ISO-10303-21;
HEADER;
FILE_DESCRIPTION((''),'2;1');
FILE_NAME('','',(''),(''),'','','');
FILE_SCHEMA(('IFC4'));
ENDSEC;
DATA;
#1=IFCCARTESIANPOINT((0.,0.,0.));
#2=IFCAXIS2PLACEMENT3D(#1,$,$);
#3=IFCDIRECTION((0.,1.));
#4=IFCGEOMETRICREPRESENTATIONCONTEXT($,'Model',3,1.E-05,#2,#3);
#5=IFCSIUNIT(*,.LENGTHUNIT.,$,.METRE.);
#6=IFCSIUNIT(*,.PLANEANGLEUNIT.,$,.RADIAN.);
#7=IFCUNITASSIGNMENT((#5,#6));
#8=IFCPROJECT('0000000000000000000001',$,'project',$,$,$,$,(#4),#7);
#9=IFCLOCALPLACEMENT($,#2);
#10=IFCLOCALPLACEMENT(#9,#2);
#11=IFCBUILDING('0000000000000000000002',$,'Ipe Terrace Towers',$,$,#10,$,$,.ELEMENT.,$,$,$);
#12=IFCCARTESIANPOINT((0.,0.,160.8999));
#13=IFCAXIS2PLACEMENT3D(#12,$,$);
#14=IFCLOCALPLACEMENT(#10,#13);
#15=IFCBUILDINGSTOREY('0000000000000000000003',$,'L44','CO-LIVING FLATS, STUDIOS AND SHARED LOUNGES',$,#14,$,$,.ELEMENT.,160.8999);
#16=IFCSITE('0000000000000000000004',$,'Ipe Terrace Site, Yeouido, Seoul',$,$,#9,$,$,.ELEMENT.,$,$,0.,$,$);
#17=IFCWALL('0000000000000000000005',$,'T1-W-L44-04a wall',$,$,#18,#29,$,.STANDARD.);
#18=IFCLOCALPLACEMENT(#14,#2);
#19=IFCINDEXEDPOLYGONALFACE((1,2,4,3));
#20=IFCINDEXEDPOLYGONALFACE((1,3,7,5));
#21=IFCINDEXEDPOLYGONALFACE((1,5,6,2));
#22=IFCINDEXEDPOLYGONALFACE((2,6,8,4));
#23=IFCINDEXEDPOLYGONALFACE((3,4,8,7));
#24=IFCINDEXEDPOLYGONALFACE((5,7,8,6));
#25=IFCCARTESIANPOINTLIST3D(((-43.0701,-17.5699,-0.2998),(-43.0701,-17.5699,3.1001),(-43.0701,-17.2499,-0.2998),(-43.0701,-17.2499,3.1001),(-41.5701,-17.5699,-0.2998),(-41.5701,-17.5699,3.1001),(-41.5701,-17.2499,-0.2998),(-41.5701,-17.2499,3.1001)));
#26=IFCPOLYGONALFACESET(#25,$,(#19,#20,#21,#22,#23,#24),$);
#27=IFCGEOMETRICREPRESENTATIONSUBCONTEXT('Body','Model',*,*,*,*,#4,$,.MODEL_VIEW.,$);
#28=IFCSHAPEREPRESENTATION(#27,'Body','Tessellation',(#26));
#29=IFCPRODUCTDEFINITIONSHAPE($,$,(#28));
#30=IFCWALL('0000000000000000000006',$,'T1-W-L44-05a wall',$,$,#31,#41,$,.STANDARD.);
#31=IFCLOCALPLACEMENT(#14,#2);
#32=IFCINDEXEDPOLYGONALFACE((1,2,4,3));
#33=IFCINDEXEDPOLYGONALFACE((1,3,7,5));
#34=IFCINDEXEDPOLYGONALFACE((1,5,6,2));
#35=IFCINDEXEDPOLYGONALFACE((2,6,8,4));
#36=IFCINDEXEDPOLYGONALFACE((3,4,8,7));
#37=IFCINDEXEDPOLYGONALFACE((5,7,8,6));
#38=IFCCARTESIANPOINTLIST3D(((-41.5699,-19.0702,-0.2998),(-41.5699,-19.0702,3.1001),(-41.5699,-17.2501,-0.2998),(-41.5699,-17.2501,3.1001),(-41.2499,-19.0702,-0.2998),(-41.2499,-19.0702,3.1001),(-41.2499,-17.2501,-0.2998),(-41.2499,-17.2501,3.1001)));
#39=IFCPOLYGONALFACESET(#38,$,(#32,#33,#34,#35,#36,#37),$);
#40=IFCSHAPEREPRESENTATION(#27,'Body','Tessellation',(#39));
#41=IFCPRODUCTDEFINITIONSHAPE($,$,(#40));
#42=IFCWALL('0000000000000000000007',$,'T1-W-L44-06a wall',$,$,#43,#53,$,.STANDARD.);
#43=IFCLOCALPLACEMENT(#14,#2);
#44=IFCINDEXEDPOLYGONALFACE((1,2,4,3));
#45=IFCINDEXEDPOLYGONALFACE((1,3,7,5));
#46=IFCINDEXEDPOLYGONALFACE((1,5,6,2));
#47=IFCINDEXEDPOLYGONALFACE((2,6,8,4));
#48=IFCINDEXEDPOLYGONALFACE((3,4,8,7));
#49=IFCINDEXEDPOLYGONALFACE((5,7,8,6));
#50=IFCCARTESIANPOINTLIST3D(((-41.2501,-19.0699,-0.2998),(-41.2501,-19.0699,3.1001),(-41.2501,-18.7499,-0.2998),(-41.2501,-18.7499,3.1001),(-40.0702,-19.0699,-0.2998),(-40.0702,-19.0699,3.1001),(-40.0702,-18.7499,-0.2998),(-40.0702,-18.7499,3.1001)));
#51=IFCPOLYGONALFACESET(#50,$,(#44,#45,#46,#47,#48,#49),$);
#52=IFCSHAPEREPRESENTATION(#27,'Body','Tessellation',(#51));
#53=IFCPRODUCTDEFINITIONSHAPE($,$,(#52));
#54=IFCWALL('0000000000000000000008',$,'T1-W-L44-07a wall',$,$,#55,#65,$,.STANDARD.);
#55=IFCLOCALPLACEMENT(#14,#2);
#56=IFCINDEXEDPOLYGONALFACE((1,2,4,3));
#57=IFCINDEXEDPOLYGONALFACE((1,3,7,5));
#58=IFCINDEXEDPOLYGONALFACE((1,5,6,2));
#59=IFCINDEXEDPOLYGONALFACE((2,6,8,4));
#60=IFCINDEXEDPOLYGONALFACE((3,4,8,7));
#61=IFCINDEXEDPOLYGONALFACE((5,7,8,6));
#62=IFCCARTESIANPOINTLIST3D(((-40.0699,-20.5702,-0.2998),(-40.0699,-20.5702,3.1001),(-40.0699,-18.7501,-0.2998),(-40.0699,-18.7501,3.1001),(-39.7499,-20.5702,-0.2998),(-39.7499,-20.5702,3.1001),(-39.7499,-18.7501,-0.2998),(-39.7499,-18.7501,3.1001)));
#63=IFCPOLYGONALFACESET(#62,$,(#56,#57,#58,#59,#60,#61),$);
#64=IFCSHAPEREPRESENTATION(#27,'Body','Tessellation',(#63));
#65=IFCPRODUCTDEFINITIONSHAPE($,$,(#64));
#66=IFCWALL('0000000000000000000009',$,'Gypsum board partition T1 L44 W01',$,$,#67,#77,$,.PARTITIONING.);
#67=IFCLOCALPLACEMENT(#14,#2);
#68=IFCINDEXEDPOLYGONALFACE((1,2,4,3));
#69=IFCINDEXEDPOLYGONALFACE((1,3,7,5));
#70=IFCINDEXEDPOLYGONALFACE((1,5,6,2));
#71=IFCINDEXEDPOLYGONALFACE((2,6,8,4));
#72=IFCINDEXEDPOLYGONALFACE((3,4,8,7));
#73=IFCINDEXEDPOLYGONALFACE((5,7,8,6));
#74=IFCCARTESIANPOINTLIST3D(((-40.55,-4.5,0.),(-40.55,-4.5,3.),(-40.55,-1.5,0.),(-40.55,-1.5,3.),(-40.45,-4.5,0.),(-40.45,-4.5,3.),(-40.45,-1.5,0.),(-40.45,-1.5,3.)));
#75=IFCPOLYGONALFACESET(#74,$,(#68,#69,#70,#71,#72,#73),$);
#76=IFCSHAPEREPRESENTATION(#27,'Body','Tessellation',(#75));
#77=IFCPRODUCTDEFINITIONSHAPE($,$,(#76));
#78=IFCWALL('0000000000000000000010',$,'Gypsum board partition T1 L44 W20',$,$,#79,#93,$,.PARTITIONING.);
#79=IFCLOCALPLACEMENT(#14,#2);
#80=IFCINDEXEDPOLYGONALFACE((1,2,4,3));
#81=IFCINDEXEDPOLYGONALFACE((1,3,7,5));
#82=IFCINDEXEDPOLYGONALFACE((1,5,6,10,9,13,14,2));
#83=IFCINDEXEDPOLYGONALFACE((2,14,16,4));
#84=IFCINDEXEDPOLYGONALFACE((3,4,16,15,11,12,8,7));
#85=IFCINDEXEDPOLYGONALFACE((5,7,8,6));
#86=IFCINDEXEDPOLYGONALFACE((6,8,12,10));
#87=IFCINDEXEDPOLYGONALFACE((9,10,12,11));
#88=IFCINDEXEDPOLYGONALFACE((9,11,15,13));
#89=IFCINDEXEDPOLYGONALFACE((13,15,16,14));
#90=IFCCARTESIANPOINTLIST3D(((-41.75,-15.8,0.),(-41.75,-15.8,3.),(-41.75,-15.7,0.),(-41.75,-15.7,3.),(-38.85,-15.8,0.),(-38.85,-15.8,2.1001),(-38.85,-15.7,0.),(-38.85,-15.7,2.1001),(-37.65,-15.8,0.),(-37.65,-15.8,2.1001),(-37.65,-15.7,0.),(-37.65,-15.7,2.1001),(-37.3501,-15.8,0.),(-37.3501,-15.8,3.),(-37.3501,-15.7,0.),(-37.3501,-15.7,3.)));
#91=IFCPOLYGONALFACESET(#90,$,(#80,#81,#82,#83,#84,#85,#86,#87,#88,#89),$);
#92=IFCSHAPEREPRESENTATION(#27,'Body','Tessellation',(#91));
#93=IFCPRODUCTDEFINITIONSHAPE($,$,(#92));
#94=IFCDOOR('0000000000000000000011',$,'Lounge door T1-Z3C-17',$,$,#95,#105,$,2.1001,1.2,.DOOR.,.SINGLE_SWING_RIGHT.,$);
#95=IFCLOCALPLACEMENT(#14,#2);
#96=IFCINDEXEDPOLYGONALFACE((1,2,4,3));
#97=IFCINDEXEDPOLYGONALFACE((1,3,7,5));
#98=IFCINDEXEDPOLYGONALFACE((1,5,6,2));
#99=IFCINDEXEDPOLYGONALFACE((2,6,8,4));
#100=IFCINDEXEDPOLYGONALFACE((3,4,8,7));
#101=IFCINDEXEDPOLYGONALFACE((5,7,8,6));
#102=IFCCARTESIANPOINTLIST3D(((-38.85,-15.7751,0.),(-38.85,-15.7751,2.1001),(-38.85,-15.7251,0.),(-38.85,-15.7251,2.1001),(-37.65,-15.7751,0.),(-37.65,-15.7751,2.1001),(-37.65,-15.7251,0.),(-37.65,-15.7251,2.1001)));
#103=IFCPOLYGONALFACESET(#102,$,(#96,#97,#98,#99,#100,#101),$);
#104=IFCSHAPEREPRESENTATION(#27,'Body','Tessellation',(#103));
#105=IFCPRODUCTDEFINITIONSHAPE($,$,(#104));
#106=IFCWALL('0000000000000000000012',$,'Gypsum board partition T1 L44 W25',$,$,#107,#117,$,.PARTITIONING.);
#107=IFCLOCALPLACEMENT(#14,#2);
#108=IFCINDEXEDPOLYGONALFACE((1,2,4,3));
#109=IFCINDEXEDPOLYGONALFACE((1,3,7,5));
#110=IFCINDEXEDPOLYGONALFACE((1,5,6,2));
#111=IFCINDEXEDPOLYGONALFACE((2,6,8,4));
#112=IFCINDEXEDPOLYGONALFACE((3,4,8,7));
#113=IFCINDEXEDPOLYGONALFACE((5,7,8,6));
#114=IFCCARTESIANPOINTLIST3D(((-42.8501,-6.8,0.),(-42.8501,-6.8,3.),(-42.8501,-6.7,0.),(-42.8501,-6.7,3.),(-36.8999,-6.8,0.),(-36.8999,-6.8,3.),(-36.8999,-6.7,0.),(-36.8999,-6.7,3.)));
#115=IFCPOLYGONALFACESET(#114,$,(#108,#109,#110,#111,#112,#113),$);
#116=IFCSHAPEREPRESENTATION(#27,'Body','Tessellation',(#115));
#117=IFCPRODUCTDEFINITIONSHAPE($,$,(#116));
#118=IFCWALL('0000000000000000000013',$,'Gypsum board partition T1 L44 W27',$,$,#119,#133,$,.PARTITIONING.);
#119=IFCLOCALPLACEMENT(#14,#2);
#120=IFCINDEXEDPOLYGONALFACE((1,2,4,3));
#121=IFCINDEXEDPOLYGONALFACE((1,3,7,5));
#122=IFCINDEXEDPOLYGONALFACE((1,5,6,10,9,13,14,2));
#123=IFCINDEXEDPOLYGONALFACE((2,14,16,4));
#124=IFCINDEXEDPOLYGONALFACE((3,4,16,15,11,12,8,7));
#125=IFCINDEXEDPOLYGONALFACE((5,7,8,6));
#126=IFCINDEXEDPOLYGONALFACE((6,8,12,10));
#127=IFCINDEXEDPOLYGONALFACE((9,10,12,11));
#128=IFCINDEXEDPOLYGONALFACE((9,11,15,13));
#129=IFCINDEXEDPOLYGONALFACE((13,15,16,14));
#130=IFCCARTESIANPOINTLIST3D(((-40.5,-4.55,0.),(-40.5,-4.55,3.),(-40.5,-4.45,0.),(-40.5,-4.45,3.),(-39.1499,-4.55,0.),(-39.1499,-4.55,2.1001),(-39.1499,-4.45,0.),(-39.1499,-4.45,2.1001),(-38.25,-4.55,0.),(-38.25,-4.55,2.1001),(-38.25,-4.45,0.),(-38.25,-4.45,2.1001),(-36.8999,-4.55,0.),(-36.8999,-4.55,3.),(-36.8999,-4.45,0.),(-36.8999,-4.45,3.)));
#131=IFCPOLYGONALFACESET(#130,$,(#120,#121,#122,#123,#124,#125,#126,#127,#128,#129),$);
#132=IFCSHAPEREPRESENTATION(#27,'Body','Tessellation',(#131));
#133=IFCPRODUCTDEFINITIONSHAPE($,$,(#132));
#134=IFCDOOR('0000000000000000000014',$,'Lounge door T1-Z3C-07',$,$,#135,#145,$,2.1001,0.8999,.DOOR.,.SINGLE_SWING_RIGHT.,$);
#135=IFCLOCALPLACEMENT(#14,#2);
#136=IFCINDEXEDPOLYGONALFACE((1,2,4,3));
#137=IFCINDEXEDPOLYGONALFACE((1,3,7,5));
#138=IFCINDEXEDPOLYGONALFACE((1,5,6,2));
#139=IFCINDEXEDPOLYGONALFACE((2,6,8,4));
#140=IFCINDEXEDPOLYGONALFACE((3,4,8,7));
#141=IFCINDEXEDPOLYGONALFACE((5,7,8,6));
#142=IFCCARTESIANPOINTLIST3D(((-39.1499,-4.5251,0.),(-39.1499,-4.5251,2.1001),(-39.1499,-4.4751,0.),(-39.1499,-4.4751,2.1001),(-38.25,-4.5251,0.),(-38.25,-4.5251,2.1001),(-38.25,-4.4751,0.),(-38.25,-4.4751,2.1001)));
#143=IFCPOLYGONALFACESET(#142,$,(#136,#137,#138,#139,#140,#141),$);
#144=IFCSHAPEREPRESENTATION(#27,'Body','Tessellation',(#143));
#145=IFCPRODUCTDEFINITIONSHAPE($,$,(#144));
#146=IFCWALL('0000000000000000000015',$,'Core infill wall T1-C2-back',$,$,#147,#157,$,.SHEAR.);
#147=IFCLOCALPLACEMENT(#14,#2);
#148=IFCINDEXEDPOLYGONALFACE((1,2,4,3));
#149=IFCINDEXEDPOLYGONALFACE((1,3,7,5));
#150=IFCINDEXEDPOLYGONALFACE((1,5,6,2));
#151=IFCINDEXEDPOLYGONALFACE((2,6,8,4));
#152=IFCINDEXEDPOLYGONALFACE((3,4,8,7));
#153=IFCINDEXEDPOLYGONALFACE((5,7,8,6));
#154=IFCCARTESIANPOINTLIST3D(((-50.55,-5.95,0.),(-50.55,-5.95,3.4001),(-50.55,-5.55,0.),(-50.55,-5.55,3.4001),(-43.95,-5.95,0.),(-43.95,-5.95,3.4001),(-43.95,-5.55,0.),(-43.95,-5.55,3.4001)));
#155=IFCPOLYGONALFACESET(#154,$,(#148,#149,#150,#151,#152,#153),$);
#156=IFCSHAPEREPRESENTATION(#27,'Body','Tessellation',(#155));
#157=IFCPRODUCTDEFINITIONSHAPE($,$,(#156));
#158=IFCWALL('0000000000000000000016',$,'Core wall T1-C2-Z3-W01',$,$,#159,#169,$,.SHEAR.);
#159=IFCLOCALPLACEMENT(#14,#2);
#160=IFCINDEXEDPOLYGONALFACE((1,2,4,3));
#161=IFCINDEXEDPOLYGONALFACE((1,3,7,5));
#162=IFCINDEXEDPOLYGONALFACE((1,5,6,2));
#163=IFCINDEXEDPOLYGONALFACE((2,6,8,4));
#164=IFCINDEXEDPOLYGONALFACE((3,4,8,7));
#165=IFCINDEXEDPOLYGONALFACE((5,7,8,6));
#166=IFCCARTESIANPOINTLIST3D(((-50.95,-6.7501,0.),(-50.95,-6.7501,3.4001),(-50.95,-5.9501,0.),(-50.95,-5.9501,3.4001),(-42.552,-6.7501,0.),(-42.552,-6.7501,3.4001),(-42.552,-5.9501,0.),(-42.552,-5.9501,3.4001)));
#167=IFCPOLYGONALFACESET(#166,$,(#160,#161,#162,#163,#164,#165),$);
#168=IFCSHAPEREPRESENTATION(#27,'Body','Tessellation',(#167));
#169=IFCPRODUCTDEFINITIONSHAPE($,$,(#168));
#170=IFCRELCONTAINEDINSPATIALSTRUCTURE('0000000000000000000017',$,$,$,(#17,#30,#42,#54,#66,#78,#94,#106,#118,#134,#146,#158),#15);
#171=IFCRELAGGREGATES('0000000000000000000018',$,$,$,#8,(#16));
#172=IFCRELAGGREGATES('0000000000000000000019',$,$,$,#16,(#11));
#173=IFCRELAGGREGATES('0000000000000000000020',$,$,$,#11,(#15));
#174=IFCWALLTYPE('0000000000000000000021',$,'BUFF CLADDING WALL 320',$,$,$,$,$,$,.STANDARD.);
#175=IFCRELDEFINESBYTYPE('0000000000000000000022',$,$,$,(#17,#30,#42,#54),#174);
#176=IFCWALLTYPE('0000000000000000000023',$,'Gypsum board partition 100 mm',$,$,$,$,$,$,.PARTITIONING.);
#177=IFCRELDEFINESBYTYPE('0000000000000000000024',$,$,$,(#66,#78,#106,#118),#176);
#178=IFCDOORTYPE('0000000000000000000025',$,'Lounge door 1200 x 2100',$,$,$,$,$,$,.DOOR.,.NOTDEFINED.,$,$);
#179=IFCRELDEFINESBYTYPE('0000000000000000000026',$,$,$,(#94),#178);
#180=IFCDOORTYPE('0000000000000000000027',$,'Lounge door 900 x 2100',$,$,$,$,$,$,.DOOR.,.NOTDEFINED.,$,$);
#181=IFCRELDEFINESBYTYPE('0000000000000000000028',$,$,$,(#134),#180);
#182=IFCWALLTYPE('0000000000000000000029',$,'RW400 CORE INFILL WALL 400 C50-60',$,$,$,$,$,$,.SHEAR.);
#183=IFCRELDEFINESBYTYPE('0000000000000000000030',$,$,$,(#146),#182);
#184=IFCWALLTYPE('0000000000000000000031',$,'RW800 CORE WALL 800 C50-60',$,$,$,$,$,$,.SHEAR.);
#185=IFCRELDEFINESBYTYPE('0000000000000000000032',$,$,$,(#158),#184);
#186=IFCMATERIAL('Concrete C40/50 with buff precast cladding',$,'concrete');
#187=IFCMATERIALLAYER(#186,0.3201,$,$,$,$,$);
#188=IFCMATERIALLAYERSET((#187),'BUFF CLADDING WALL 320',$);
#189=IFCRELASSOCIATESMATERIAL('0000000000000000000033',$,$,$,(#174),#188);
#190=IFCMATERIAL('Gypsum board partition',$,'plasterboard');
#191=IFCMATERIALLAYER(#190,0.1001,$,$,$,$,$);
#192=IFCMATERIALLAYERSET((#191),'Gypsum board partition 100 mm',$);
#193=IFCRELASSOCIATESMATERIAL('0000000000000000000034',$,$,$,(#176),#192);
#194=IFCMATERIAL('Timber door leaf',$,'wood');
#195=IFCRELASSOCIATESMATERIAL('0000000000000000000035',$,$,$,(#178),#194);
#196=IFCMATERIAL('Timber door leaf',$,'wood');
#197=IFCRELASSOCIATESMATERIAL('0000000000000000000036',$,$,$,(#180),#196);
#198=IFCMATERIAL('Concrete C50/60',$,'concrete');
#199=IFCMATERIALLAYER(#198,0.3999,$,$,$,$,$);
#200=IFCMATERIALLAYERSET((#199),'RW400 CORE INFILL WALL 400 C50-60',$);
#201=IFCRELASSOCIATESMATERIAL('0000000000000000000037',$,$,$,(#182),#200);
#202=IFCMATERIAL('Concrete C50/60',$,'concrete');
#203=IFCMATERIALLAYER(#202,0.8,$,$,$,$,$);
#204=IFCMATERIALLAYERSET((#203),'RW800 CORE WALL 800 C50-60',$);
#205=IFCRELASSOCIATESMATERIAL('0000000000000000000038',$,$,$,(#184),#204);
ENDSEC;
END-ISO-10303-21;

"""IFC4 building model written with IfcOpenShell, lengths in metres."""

from ifc_helpers import new_model, si_unit, direction, frame, frame_2d, origin, place, context, subcontext, project, spatial, rectangle, extrude, material, layer, layer_set, type_object, element, fill, save


model = new_model("IFC4")

# Units and contexts
model_context = context("Model", 3, precision=1e-05, world=origin(), true_north=direction((0.0, 1.0)))
body_context = subcontext(model_context, "Body", "Model", "MODEL_VIEW")
ifc_project = project(units=[si_unit("LENGTHUNIT", "METRE"), si_unit("PLANEANGLEUNIT", "RADIAN")], contexts=[model_context])

# Site, building, storey
site_placement = place(None, origin())
site = spatial("IfcSite", under=ifc_project, at=site_placement, Name="Ipe Terrace Site, Yeouido, Seoul", CompositionType="ELEMENT", RefElevation=0.0)
building_placement = place(site_placement, origin())
building = spatial("IfcBuilding", under=site, at=building_placement, Name="Ipe Terrace Towers", CompositionType="ELEMENT")
storey_placement = place(building_placement, frame((0.0, 0.0, 160.8999)))
storey = spatial("IfcBuildingStorey", under=building, at=storey_placement, Name="L44", Description="CO-LIVING FLATS, STUDIOS AND SHARED LOUNGES", CompositionType="ELEMENT", Elevation=160.8999)

# Walls
ifc_material_1 = material(Name="Concrete C40/50 with buff precast cladding", Category="concrete")
ifc_layer_1 = layer(ifc_material_1, 0.3201)
ifc_layer_set_1 = layer_set([ifc_layer_1], Name="BUFF CLADDING WALL 320")
wall_type_1 = type_object("IfcWallType", Name="BUFF CLADDING WALL 320", PredefinedType="STANDARD", material=ifc_layer_set_1)
wall_1_placement = place(storey_placement, frame((-43.0701, -17.4099, -0.2998), z_axis=(0.0, 0.0, 1.0), x_axis=(1.0, 0.0, 0.0)))
element("IfcWall", 1, at=wall_1_placement, inside=storey, type_object=wall_type_1, Name="T1-W-L44-04a wall", PredefinedType="STANDARD", context=body_context, shape_type="SweptSolid", body=[
    extrude(rectangle(XDim=1.5, YDim=0.3201, at=frame_2d((0.75, 0.0))), origin(), (0.0, 0.0, 1.0), 3.3999),
])
wall_2_placement = place(storey_placement, frame((-41.4099, -17.25, -0.2998), z_axis=(0.0, 0.0, 1.0), x_axis=(0.0, -1.0, 0.0)))
element("IfcWall", 2, at=wall_2_placement, inside=storey, type_object=wall_type_1, Name="T1-W-L44-05a wall", PredefinedType="STANDARD", context=body_context, shape_type="SweptSolid", body=[
    extrude(rectangle(XDim=1.8201, YDim=0.3201, at=frame_2d((0.9102, 0.0))), origin(), (0.0, 0.0, 1.0), 3.3999),
])
wall_3_placement = place(storey_placement, frame((-41.25, -18.9099, -0.2998), z_axis=(0.0, 0.0, 1.0), x_axis=(1.0, 0.0, 0.0)))
element("IfcWall", 3, at=wall_3_placement, inside=storey, type_object=wall_type_1, Name="T1-W-L44-06a wall", PredefinedType="STANDARD", context=body_context, shape_type="SweptSolid", body=[
    extrude(rectangle(XDim=1.1799, YDim=0.3201, at=frame_2d((0.5898, 0.0))), origin(), (0.0, 0.0, 1.0), 3.3999),
])
wall_4_placement = place(storey_placement, frame((-39.9099, -18.75, -0.2998), z_axis=(0.0, 0.0, 1.0), x_axis=(0.0, -1.0, 0.0)))
element("IfcWall", 4, at=wall_4_placement, inside=storey, type_object=wall_type_1, Name="T1-W-L44-07a wall", PredefinedType="STANDARD", context=body_context, shape_type="SweptSolid", body=[
    extrude(rectangle(XDim=1.8201, YDim=0.3201, at=frame_2d((0.9102, 0.0))), origin(), (0.0, 0.0, 1.0), 3.3999),
])
ifc_material_2 = material(Name="Gypsum board partition", Category="plasterboard")
ifc_layer_2 = layer(ifc_material_2, 0.1001)
ifc_layer_set_2 = layer_set([ifc_layer_2], Name="Gypsum board partition 100 mm")
wall_type_2 = type_object("IfcWallType", Name="Gypsum board partition 100 mm", PredefinedType="PARTITIONING", material=ifc_layer_set_2)
wall_5_placement = place(storey_placement, frame((-40.5, -4.5, 0.0), z_axis=(0.0, 0.0, 1.0), x_axis=(0.0, 1.0, 0.0)))
element("IfcWall", 5, at=wall_5_placement, inside=storey, type_object=wall_type_2, Name="Gypsum board partition T1 L44 W01", PredefinedType="PARTITIONING", context=body_context, shape_type="SweptSolid", body=[
    extrude(rectangle(XDim=3.0, YDim=0.1001, at=frame_2d((1.5, 0.0))), origin(), (0.0, 0.0, 1.0), 3.0),
])

# Wall, opening, door
wall_6_placement = place(storey_placement, frame((-41.75, -15.75, 0.0), z_axis=(0.0, 0.0, 1.0), x_axis=(1.0, 0.0, 0.0)))
wall_6 = element("IfcWall", 6, at=wall_6_placement, inside=storey, type_object=wall_type_2, Name="Gypsum board partition T1 L44 W20", PredefinedType="PARTITIONING", context=body_context, shape_type="SweptSolid", body=[
    extrude(rectangle(XDim=4.3999, YDim=0.1001, at=frame_2d((2.2, 0.0))), origin(), (0.0, 0.0, 1.0), 3.0),
])
opening_1_placement = place(wall_6_placement, frame((2.8999, 0.0, 0.0)))
opening_1 = element("IfcOpeningElement", 7, at=opening_1_placement, cuts=wall_6, PredefinedType="OPENING", context=body_context, shape_type="SweptSolid", body=[
    extrude(rectangle(XDim=1.2, YDim=2.1001, at=frame_2d((0.6001, 1.05))), frame((0.0, 0.0601, 0.0), z_axis=(0.0, -1.0, 0.0), x_axis=(1.0, 0.0, 0.0)), (0.0, 0.0, 1.0), 0.1201),
])
ifc_material_3 = material(Name="Timber door leaf", Category="wood")
door_type_1 = type_object("IfcDoorType", Name="Lounge door 1200 x 2100", OperationType="NOTDEFINED", PredefinedType="DOOR", material=ifc_material_3)
door_1_placement = place(opening_1_placement, origin())
door_1 = element("IfcDoor", 8, at=door_1_placement, inside=storey, type_object=door_type_1, Name="Lounge door T1-Z3C-17", OperationType="SINGLE_SWING_RIGHT", OverallHeight=2.1001, OverallWidth=1.2, PredefinedType="DOOR", context=body_context, shape_type="SweptSolid", body=[
    extrude(rectangle(XDim=1.2, YDim=2.1001, at=frame_2d((0.6001, 1.05))), frame((0.0, 0.0249, 0.0), z_axis=(0.0, -1.0, 0.0), x_axis=(1.0, 0.0, 0.0)), (0.0, 0.0, 1.0), 0.05),
])
fill(opening_1, door_1)

# Wall
wall_7_placement = place(storey_placement, frame((-42.8501, -6.75, 0.0), z_axis=(0.0, 0.0, 1.0), x_axis=(1.0, 0.0, 0.0)))
element("IfcWall", 9, at=wall_7_placement, inside=storey, type_object=wall_type_2, Name="Gypsum board partition T1 L44 W25", PredefinedType="PARTITIONING", context=body_context, shape_type="SweptSolid", body=[
    extrude(rectangle(XDim=5.9502, YDim=0.1001, at=frame_2d((2.9751, 0.0))), origin(), (0.0, 0.0, 1.0), 3.0),
])

# Wall, opening, door
wall_8_placement = place(storey_placement, frame((-40.5, -4.5, 0.0), z_axis=(0.0, 0.0, 1.0), x_axis=(1.0, 0.0, 0.0)))
wall_8 = element("IfcWall", 10, at=wall_8_placement, inside=storey, type_object=wall_type_2, Name="Gypsum board partition T1 L44 W27", PredefinedType="PARTITIONING", context=body_context, shape_type="SweptSolid", body=[
    extrude(rectangle(XDim=3.6001, YDim=0.1001, at=frame_2d((1.8, 0.0))), origin(), (0.0, 0.0, 1.0), 3.0),
])
opening_2_placement = place(wall_8_placement, frame((1.3501, 0.0, 0.0)))
opening_2 = element("IfcOpeningElement", 11, at=opening_2_placement, cuts=wall_8, PredefinedType="OPENING", context=body_context, shape_type="SweptSolid", body=[
    extrude(rectangle(XDim=0.8999, YDim=2.1001, at=frame_2d((0.45, 1.05))), frame((0.0, 0.0601, 0.0), z_axis=(0.0, -1.0, 0.0), x_axis=(1.0, 0.0, 0.0)), (0.0, 0.0, 1.0), 0.1201),
])
ifc_material_4 = material(Name="Timber door leaf", Category="wood")
door_type_2 = type_object("IfcDoorType", Name="Lounge door 900 x 2100", OperationType="NOTDEFINED", PredefinedType="DOOR", material=ifc_material_4)
door_2_placement = place(opening_2_placement, origin())
door_2 = element("IfcDoor", 12, at=door_2_placement, inside=storey, type_object=door_type_2, Name="Lounge door T1-Z3C-07", OperationType="SINGLE_SWING_RIGHT", OverallHeight=2.1001, OverallWidth=0.8999, PredefinedType="DOOR", context=body_context, shape_type="SweptSolid", body=[
    extrude(rectangle(XDim=0.8999, YDim=2.1001, at=frame_2d((0.45, 1.05))), frame((0.0, 0.0249, 0.0), z_axis=(0.0, -1.0, 0.0), x_axis=(1.0, 0.0, 0.0)), (0.0, 0.0, 1.0), 0.05),
])
fill(opening_2, door_2)

# Walls
ifc_material_5 = material(Name="Concrete C50/60", Category="concrete")
ifc_layer_3 = layer(ifc_material_5, 0.3999)
ifc_layer_set_3 = layer_set([ifc_layer_3], Name="RW400 CORE INFILL WALL 400 C50-60")
wall_type_3 = type_object("IfcWallType", Name="RW400 CORE INFILL WALL 400 C50-60", PredefinedType="SHEAR", material=ifc_layer_set_3)
wall_9_placement = place(storey_placement, frame((-43.95, -5.75, 0.0), z_axis=(0.0, 0.0, 1.0), x_axis=(-1.0, 0.0, 0.0)))
element("IfcWall", 13, at=wall_9_placement, inside=storey, type_object=wall_type_3, Name="Core infill wall T1-C2-back", PredefinedType="SHEAR", context=body_context, shape_type="SweptSolid", body=[
    extrude(rectangle(XDim=6.6001, YDim=0.3999, at=frame_2d((3.3, 0.0))), origin(), (0.0, 0.0, 1.0), 3.4001),
])
ifc_material_6 = material(Name="Concrete C50/60", Category="concrete")
ifc_layer_4 = layer(ifc_material_6, 0.8)
ifc_layer_set_4 = layer_set([ifc_layer_4], Name="RW800 CORE WALL 800 C50-60")
wall_type_4 = type_object("IfcWallType", Name="RW800 CORE WALL 800 C50-60", PredefinedType="SHEAR", material=ifc_layer_set_4)
wall_10_placement = place(storey_placement, frame((-50.95, -6.3501, 0.0), z_axis=(0.0, 0.0, 1.0), x_axis=(1.0, 0.0, 0.0)))
element("IfcWall", 14, at=wall_10_placement, inside=storey, type_object=wall_type_4, Name="Core wall T1-C2-Z3-W01", PredefinedType="SHEAR", context=body_context, shape_type="SweptSolid", body=[
    extrude(rectangle(XDim=8.3979, YDim=0.8, at=frame_2d((4.199, 0.0))), origin(), (0.0, 0.0, 1.0), 3.4001),
])

save(model, "model.ifc")
